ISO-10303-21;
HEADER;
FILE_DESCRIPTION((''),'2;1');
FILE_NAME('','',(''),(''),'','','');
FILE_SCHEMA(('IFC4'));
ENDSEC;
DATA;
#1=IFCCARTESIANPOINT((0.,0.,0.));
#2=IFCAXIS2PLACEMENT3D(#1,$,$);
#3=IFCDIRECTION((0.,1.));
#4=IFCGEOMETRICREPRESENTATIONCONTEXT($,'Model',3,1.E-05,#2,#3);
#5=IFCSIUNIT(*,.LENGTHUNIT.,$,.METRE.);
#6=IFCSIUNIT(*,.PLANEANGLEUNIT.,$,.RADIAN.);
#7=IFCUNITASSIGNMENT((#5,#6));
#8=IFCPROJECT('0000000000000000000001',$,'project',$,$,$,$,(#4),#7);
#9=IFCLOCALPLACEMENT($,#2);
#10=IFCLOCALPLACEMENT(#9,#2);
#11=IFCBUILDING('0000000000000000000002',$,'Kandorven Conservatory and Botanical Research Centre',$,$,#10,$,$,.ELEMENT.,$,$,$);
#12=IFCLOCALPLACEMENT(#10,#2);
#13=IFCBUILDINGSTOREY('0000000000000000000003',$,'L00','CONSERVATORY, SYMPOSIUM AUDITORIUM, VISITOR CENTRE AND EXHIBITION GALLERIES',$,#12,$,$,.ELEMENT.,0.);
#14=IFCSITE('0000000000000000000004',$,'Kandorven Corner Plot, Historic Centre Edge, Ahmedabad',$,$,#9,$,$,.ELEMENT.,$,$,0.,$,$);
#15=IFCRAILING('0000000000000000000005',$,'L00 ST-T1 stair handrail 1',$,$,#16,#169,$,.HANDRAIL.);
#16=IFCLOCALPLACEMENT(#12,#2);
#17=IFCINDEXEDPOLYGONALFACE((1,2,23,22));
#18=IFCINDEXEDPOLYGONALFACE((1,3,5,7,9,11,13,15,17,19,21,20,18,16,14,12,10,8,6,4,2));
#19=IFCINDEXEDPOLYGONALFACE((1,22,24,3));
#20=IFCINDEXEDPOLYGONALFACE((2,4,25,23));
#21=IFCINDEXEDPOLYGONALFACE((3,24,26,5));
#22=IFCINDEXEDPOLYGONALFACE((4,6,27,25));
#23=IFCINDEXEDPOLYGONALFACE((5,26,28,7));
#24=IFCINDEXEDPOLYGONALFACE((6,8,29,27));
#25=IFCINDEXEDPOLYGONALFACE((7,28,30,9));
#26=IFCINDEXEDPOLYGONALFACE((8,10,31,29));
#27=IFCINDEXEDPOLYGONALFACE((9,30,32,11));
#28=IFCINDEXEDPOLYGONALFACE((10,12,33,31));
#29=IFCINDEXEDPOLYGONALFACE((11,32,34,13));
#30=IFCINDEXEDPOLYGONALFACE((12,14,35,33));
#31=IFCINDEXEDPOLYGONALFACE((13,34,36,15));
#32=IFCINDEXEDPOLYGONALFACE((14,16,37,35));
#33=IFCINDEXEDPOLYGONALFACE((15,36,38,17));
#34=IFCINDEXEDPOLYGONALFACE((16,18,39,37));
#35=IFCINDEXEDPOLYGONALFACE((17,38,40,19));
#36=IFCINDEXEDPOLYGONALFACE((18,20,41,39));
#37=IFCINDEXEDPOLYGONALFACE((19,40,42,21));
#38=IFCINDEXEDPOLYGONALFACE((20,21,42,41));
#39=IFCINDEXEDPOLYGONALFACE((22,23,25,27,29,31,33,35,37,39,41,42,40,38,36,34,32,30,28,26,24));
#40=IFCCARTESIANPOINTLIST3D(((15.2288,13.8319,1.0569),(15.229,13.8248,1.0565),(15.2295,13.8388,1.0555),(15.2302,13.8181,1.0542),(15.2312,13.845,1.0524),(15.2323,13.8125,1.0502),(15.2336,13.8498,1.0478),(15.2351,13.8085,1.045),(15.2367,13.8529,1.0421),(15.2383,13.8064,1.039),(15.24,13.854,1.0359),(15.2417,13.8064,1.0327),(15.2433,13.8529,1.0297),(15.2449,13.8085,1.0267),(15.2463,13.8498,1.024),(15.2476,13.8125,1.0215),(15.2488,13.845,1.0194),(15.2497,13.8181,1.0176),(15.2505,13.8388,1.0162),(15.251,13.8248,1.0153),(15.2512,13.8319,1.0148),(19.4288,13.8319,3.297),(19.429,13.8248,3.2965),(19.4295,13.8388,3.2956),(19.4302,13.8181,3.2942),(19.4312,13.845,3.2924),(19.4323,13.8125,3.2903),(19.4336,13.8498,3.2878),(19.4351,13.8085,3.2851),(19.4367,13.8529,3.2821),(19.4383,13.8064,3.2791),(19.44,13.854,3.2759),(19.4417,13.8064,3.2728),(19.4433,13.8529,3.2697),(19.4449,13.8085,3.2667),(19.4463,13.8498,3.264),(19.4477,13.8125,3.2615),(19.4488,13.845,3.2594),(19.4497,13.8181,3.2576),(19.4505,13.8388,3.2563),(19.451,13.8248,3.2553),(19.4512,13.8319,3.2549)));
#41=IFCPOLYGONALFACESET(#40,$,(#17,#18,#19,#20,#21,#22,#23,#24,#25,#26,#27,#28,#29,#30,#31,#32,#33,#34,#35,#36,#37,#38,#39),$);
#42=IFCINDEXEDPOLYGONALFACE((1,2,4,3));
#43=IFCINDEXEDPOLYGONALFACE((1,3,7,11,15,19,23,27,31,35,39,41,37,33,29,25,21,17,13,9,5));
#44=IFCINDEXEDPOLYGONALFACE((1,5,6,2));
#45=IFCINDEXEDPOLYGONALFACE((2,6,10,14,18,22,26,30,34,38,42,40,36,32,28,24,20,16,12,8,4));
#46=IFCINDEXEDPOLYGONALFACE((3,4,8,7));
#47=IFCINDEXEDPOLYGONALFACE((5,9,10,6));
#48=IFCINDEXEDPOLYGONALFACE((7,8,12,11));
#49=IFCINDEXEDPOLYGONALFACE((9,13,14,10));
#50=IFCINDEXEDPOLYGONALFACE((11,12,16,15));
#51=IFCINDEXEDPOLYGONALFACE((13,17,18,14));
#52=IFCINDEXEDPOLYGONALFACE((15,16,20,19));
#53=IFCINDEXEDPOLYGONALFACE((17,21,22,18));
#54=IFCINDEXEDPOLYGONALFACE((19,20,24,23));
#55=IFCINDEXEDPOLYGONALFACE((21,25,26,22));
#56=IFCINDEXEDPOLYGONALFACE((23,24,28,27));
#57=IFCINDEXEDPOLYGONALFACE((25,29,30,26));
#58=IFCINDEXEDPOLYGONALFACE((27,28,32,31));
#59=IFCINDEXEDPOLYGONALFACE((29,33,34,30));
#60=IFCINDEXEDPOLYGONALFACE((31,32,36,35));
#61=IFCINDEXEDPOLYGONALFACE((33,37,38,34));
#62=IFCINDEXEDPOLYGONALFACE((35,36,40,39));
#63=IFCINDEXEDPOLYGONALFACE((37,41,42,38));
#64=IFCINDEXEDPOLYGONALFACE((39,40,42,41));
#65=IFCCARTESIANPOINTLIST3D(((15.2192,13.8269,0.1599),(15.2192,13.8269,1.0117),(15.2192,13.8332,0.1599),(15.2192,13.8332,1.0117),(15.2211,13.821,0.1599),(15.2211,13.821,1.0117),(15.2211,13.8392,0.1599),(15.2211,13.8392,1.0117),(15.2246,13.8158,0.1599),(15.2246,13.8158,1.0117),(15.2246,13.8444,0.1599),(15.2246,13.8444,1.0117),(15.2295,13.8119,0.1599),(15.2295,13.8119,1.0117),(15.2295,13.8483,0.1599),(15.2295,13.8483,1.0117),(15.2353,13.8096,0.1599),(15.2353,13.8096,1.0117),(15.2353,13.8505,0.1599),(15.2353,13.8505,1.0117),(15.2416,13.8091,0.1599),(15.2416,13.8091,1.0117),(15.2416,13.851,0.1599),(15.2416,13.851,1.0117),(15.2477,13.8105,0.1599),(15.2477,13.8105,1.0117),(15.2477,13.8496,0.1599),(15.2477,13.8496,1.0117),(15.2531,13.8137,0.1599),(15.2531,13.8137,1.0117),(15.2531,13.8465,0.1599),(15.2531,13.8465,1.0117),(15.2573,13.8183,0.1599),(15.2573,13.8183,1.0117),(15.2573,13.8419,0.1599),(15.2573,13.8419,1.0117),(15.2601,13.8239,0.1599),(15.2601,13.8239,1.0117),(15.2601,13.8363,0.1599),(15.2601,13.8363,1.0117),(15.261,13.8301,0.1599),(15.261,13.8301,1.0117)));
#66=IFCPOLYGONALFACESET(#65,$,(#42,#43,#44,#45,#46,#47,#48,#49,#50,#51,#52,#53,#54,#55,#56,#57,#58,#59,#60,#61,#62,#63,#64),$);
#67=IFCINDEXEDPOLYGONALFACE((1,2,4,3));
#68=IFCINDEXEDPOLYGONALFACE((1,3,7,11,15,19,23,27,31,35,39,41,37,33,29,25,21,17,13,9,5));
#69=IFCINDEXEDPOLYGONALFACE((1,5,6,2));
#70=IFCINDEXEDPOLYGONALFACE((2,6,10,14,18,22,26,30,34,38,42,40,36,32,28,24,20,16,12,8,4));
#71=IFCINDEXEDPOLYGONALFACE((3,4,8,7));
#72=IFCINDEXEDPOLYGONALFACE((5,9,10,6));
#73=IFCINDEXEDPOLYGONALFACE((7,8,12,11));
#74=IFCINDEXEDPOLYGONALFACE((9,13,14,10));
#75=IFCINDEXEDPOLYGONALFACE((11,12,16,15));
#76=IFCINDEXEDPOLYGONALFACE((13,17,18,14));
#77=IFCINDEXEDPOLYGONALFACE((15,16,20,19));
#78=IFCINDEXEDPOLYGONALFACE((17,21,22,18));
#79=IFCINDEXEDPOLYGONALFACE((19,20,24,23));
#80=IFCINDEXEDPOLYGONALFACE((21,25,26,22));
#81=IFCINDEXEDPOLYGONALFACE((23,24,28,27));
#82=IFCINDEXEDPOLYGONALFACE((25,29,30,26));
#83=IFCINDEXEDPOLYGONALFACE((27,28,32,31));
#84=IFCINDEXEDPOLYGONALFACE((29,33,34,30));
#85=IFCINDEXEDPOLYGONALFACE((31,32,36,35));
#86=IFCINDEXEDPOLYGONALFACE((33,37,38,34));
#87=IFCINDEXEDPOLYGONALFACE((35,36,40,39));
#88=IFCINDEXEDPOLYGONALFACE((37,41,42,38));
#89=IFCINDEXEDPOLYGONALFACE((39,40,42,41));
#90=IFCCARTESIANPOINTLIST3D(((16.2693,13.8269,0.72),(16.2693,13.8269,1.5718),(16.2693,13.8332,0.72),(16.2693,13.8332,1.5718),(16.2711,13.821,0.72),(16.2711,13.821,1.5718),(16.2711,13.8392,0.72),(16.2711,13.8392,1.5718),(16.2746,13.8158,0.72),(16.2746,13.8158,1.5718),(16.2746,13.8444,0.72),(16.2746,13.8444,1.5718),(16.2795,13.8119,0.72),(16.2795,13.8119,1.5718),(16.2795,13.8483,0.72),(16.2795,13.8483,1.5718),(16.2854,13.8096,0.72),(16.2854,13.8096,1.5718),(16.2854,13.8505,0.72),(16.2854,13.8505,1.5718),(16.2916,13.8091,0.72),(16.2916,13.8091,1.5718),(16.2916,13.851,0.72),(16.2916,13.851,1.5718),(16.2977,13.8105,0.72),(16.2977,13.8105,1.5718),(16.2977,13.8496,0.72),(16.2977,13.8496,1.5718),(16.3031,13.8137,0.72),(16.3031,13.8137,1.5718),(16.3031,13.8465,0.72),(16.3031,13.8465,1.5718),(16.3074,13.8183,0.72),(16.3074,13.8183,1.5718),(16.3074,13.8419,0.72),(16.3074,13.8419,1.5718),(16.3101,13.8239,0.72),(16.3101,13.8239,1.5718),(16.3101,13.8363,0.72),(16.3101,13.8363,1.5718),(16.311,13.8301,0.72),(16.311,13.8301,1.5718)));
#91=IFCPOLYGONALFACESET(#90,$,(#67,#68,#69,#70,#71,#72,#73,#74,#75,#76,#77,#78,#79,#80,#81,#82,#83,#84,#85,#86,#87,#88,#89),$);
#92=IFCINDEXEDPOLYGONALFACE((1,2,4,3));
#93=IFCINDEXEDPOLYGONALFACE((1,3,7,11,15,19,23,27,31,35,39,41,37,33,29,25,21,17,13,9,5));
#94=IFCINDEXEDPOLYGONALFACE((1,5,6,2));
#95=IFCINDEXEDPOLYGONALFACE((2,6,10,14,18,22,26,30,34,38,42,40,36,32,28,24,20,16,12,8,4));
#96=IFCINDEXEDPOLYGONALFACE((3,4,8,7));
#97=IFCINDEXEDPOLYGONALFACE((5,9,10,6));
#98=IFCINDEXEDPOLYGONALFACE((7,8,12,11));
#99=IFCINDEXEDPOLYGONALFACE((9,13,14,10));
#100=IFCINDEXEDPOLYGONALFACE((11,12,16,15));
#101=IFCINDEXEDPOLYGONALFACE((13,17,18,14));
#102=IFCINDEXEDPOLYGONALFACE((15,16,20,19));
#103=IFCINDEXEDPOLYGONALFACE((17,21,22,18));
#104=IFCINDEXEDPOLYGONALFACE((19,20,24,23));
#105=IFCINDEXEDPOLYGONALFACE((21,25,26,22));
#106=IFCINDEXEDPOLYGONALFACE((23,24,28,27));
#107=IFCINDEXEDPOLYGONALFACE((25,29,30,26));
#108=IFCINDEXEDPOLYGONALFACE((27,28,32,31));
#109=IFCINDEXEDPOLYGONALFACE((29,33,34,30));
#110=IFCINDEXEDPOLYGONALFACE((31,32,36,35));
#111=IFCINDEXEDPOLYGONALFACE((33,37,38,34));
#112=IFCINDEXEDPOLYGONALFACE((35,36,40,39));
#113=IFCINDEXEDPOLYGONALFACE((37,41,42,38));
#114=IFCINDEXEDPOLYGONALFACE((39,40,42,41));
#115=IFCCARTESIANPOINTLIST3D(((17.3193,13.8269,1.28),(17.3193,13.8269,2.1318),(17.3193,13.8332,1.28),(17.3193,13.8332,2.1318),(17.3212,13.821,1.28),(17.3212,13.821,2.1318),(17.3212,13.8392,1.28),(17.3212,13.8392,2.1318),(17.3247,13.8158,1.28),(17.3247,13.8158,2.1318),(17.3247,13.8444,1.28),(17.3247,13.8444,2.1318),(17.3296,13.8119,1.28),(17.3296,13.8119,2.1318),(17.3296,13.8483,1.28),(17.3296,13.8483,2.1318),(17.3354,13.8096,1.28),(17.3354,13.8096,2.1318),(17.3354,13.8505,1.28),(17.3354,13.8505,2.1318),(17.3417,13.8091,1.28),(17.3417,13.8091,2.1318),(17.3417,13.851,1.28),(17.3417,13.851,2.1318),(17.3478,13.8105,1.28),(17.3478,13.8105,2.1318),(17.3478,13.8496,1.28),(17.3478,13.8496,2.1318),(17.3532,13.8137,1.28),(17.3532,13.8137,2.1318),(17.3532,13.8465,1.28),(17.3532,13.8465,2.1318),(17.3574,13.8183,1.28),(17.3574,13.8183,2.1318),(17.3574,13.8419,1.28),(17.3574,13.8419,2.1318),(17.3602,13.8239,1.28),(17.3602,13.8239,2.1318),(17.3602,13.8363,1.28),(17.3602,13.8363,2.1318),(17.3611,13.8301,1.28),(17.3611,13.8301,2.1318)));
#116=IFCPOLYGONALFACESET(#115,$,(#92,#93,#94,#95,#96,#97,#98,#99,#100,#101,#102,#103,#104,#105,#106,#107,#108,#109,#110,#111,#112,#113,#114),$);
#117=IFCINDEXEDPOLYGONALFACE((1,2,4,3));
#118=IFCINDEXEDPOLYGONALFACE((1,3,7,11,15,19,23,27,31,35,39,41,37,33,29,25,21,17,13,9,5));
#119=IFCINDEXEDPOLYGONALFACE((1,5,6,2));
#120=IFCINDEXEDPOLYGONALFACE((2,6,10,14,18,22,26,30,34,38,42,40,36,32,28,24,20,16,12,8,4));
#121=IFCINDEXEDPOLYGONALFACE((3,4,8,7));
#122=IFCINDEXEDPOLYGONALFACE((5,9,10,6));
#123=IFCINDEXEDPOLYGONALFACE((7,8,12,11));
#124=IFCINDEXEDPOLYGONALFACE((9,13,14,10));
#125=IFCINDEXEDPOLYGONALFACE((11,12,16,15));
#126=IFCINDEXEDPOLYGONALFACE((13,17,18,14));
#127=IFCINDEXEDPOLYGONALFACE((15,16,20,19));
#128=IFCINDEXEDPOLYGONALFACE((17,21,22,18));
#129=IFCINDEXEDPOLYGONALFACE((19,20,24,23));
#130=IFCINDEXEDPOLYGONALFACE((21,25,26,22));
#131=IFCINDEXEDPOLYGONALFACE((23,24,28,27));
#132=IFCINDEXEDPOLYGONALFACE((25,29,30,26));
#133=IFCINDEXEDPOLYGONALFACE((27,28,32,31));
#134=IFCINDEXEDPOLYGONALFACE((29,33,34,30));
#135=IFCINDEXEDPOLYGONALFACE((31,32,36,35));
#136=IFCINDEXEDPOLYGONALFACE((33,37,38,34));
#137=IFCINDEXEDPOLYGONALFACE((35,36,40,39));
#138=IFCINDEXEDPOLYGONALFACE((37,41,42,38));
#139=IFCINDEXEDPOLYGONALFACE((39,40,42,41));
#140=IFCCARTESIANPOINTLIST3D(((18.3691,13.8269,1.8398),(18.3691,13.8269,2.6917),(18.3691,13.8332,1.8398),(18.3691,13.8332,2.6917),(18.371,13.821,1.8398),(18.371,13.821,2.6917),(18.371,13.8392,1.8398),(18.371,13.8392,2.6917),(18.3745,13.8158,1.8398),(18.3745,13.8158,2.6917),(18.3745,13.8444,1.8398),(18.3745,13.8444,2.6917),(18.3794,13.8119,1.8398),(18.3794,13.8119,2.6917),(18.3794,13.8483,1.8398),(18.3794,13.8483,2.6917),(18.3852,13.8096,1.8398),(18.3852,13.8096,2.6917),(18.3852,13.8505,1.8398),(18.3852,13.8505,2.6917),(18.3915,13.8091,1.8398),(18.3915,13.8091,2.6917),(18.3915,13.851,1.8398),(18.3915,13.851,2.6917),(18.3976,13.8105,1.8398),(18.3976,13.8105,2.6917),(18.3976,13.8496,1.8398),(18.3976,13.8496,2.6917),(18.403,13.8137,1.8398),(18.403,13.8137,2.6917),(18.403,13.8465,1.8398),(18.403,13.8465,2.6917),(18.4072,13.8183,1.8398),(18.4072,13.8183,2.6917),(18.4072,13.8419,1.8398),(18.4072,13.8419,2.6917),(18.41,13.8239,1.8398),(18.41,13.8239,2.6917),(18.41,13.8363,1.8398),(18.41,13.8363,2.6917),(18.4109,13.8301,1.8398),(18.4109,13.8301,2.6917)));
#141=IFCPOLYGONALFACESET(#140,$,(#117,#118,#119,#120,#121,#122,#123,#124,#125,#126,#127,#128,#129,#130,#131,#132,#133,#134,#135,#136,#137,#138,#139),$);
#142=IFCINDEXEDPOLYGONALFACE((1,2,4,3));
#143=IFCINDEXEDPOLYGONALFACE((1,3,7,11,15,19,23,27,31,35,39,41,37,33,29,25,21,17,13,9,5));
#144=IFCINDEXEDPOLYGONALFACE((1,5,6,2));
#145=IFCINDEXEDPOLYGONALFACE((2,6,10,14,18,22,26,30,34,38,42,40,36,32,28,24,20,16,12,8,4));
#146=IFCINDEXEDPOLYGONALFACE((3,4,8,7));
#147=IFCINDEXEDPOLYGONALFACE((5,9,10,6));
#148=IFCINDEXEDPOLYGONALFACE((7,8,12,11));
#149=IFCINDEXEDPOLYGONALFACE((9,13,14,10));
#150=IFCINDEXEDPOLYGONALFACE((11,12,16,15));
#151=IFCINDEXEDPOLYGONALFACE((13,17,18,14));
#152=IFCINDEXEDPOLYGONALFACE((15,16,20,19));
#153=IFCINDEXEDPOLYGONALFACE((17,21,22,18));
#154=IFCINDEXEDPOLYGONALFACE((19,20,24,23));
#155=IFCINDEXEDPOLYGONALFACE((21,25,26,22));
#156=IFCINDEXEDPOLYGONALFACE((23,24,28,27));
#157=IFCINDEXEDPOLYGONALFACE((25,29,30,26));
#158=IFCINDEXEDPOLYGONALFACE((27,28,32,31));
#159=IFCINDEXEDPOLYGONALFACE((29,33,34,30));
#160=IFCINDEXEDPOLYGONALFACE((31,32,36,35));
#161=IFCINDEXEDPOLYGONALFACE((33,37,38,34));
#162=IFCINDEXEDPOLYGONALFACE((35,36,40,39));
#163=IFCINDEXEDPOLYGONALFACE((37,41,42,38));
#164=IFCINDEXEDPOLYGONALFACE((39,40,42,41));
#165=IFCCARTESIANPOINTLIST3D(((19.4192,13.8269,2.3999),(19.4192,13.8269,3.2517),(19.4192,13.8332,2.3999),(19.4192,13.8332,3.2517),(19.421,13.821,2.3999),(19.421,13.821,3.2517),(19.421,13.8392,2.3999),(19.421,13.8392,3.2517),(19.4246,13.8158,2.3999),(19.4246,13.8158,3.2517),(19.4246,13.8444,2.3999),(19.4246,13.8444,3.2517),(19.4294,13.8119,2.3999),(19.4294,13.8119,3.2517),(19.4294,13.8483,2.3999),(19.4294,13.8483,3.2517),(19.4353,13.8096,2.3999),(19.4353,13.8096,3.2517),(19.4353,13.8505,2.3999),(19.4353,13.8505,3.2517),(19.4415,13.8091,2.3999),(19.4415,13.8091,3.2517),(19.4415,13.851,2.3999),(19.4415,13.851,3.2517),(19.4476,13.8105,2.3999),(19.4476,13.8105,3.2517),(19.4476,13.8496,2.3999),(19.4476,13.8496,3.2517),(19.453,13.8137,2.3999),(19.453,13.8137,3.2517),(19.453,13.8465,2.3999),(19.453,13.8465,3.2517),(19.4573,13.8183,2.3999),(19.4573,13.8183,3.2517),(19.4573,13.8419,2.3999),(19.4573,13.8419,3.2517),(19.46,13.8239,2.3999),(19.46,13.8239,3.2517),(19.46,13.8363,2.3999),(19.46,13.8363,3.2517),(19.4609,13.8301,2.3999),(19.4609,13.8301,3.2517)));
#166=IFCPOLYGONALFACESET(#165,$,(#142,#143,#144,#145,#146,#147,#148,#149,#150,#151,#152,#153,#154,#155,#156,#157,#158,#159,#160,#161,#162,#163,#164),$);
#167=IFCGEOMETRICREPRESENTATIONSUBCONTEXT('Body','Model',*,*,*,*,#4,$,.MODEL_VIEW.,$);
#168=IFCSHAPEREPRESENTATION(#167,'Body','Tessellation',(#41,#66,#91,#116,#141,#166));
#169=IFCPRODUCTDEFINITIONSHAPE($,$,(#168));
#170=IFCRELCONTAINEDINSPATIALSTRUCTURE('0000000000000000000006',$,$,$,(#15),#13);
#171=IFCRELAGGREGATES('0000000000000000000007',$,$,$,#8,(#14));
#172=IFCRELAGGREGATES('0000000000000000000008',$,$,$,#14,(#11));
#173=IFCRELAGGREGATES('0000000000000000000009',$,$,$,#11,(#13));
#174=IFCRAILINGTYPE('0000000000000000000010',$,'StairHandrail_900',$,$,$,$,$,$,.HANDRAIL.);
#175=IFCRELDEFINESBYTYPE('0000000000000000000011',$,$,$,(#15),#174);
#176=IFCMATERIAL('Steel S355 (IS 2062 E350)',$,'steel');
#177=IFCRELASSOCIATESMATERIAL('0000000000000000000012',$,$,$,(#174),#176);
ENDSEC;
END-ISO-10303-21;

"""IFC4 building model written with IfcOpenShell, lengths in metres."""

from ifc_helpers import new_model, si_unit, direction, frame, origin, origin_2d, place, context, subcontext, project, spatial, circle, extrude, material, type_object, element, save


model = new_model("IFC4")

# Units and contexts
model_context = context("Model", 3, precision=1e-05, world=origin(), true_north=direction((0.0, 1.0)))
body_context = subcontext(model_context, "Body", "Model", "MODEL_VIEW")
ifc_project = project(units=[si_unit("LENGTHUNIT", "METRE"), si_unit("PLANEANGLEUNIT", "RADIAN")], contexts=[model_context])

# Site, building, storey
site_placement = place(None, origin())
site = spatial("IfcSite", under=ifc_project, at=site_placement, Name="Kandorven Corner Plot, Historic Centre Edge, Ahmedabad", CompositionType="ELEMENT", RefElevation=0.0)
building_placement = place(site_placement, origin())
building = spatial("IfcBuilding", under=site, at=building_placement, Name="Kandorven Conservatory and Botanical Research Centre", CompositionType="ELEMENT")
storey_placement = place(building_placement, origin())
storey = spatial("IfcBuildingStorey", under=building, at=storey_placement, Name="L00", Description="CONSERVATORY, SYMPOSIUM AUDITORIUM, VISITOR CENTRE AND EXHIBITION GALLERIES", CompositionType="ELEMENT", Elevation=0.0)

# Railing
ifc_material_1 = material(Name="Steel S355 (IS 2062 E350)", Category="steel")
railing_type_1 = type_object("IfcRailingType", Name="StairHandrail_900", PredefinedType="HANDRAIL", material=ifc_material_1)
railing_1_placement = place(storey_placement, frame((15.24, 13.8301, 0.1599)))
element("IfcRailing", 1, at=railing_1_placement, inside=storey, type_object=railing_type_1, Name="L00 ST-T1 stair handrail 1", PredefinedType="HANDRAIL", context=body_context, shape_type="SweptSolid", body=[
    extrude(circle(Radius=0.0239, at=origin_2d()), frame((0.0, 0.0, 0.876), z_axis=(0.882352, 0.0, 0.470591), x_axis=(0.0, 1.0, 0.0)), (0.0, 0.0, 1.0), 4.76),
    extrude(circle(Radius=0.021, at=origin_2d()), origin(), (0.0, 0.0, 1.0), 0.8518),
    extrude(circle(Radius=0.021, at=origin_2d()), frame((1.05, 0.0, 0.5601)), (0.0, 0.0, 1.0), 0.8518),
    extrude(circle(Radius=0.021, at=origin_2d()), frame((2.1001, 0.0, 1.1201)), (0.0, 0.0, 1.0), 0.8518),
    extrude(circle(Radius=0.021, at=origin_2d()), frame((3.1499, 0.0, 1.6799)), (0.0, 0.0, 1.0), 0.8518),
    extrude(circle(Radius=0.021, at=origin_2d()), frame((4.2, 0.0, 2.24)), (0.0, 0.0, 1.0), 0.8518),
])

save(model, "model.ifc")
